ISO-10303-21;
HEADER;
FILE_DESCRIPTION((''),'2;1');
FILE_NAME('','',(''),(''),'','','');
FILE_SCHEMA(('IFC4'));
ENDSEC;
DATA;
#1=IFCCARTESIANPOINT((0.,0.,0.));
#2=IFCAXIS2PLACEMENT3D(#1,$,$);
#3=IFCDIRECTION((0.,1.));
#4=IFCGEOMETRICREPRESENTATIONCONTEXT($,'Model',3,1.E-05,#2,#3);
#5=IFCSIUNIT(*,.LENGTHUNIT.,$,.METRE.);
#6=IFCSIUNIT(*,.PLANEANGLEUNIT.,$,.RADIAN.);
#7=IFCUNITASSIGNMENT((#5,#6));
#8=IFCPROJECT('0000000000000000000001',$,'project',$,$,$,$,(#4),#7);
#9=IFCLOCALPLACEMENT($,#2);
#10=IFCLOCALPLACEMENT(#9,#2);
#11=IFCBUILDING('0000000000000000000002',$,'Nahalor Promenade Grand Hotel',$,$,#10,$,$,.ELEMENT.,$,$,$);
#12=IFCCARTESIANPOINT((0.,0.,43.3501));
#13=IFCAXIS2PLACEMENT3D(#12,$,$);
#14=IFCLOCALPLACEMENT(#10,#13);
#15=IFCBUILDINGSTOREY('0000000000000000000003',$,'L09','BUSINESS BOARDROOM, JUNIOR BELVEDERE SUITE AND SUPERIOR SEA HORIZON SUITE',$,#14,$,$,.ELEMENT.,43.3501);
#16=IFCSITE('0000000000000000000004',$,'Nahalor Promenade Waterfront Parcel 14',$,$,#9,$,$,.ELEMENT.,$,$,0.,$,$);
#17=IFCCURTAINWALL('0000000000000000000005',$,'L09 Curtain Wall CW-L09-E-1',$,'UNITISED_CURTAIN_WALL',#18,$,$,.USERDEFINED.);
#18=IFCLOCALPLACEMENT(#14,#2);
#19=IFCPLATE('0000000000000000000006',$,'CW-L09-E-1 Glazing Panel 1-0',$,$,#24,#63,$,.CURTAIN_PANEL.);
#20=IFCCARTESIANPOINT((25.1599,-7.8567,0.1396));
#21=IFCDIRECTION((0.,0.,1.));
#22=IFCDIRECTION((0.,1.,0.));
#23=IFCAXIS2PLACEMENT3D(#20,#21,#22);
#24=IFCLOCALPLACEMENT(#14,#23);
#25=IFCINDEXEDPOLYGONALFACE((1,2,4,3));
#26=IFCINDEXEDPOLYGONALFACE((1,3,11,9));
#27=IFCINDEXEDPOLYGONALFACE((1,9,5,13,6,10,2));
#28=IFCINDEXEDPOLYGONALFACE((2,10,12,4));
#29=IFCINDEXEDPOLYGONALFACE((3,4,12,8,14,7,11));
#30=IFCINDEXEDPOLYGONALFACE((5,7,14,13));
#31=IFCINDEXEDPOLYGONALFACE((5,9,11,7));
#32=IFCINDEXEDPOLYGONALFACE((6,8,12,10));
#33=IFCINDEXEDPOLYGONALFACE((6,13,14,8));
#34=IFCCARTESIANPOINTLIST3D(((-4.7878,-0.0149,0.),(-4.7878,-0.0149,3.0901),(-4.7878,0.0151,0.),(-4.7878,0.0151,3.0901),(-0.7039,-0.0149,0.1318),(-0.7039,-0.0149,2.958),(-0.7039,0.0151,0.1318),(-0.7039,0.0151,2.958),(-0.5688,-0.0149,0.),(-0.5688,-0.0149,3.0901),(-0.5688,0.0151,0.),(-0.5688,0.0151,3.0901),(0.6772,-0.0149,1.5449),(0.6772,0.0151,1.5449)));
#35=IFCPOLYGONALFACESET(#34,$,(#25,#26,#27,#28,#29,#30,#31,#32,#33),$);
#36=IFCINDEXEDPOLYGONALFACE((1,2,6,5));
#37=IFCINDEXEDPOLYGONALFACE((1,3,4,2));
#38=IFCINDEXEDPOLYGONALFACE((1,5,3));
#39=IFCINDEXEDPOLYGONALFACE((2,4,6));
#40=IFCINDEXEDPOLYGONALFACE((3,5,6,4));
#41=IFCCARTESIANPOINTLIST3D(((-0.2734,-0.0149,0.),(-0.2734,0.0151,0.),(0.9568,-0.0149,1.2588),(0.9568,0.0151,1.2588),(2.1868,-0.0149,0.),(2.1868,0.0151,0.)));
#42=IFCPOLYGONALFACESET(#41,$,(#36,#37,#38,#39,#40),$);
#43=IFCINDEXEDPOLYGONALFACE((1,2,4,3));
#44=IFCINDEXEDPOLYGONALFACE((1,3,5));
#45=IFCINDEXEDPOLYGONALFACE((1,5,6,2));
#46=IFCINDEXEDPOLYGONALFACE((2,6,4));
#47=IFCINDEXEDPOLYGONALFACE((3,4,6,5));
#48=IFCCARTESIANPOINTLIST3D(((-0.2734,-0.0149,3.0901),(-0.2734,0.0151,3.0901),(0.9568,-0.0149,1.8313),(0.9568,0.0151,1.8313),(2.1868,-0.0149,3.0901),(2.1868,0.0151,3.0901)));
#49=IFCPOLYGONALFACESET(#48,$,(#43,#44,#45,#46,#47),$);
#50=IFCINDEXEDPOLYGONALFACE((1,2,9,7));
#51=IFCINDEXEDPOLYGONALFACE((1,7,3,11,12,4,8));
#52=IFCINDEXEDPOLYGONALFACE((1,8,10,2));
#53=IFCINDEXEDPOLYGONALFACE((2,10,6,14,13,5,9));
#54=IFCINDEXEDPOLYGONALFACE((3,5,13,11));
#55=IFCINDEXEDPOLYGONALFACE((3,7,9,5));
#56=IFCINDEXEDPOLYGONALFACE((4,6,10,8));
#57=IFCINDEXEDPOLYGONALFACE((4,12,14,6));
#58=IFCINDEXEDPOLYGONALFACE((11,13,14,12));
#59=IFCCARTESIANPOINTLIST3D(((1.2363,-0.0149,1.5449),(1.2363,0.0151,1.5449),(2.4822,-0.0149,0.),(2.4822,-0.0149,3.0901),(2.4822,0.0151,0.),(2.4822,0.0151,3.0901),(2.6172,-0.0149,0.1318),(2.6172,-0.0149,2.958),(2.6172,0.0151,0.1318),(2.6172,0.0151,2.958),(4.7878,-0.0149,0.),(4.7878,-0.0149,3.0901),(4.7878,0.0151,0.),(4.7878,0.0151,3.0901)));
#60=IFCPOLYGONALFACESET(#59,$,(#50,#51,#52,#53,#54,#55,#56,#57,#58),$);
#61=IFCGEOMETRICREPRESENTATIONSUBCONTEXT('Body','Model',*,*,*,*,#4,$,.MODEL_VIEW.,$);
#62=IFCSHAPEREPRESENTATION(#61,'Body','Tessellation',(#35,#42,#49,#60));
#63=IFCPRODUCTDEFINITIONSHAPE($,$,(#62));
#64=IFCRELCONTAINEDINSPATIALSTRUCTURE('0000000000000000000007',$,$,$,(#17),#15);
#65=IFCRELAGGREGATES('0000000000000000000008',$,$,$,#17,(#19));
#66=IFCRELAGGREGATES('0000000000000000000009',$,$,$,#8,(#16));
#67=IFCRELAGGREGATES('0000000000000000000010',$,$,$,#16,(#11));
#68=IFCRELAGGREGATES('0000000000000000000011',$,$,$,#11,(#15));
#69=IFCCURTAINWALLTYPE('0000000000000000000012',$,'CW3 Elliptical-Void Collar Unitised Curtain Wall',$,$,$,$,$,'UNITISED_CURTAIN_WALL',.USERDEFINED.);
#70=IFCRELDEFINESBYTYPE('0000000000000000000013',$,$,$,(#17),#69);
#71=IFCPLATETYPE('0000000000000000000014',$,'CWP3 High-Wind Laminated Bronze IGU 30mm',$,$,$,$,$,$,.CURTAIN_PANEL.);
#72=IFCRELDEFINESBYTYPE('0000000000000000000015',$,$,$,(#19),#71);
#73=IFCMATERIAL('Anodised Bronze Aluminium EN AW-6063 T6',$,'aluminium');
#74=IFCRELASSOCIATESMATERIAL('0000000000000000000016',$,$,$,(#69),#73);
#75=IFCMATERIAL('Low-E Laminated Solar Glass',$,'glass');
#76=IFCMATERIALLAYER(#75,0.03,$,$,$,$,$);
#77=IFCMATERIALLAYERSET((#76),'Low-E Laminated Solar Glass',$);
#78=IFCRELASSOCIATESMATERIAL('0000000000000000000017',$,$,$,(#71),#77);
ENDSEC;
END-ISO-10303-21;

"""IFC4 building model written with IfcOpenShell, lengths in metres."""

from ifc_helpers import new_model, si_unit, direction, frame, origin, place, context, subcontext, project, spatial, polyline, outline, extrude, material, layer, layer_set, type_object, element, aggregate, save


model = new_model("IFC4")

# Units and contexts
model_context = context("Model", 3, precision=1e-05, world=origin(), true_north=direction((0.0, 1.0)))
body_context = subcontext(model_context, "Body", "Model", "MODEL_VIEW")
ifc_project = project(units=[si_unit("LENGTHUNIT", "METRE"), si_unit("PLANEANGLEUNIT", "RADIAN")], contexts=[model_context])

# Site, building, storey
site_placement = place(None, origin())
site = spatial("IfcSite", under=ifc_project, at=site_placement, Name="Nahalor Promenade Waterfront Parcel 14", CompositionType="ELEMENT", RefElevation=0.0)
building_placement = place(site_placement, origin())
building = spatial("IfcBuilding", under=site, at=building_placement, Name="Nahalor Promenade Grand Hotel", CompositionType="ELEMENT")
storey_placement = place(building_placement, frame((0.0, 0.0, 43.3501)))
storey = spatial("IfcBuildingStorey", under=building, at=storey_placement, Name="L09", Description="BUSINESS BOARDROOM, JUNIOR BELVEDERE SUITE AND SUPERIOR SEA HORIZON SUITE", CompositionType="ELEMENT", Elevation=43.3501)

# Curtain wall
ifc_material_1 = material(Name="Anodised Bronze Aluminium EN AW-6063 T6", Category="aluminium")
curtain_wall_type = type_object("IfcCurtainWallType", Name="CW3 Elliptical-Void Collar Unitised Curtain Wall", ElementType="UNITISED_CURTAIN_WALL", PredefinedType="USERDEFINED", material=ifc_material_1)
curtain_wall_1_placement = place(storey_placement, origin())
curtain_wall_1 = element("IfcCurtainWall", 1, at=curtain_wall_1_placement, inside=storey, type_object=curtain_wall_type, Name="L09 Curtain Wall CW-L09-E-1", ObjectType="UNITISED_CURTAIN_WALL", PredefinedType="USERDEFINED")

# Plate
ifc_material_2 = material(Name="Low-E Laminated Solar Glass", Category="glass")
ifc_layer_1 = layer(ifc_material_2, 0.03)
ifc_layer_set_1 = layer_set([ifc_layer_1], Name="Low-E Laminated Solar Glass")
plate_type_1 = type_object("IfcPlateType", Name="CWP3 High-Wind Laminated Bronze IGU 30mm", PredefinedType="CURTAIN_PANEL", material=ifc_layer_set_1)
plate_1_placement = place(storey_placement, frame((25.1599, -7.8567, 0.1396), z_axis=(0.0, 0.0, 1.0), x_axis=(0.0, 1.0, 0.0)))
plate_1 = element("IfcPlate", 2, at=plate_1_placement, type_object=plate_type_1, Name="CW-L09-E-1 Glazing Panel 1-0", PredefinedType="CURTAIN_PANEL", context=body_context, shape_type="SweptSolid", body=[
    extrude(outline(polyline([(-4.7878, 3.0901), (-4.7878, 0.0), (-0.5688, 0.0), (-0.7039, 0.1318), (0.6772, 1.5449), (-0.7039, 2.958), (-0.5688, 3.0901), (-4.7878, 3.0901)])), frame((0.0, 0.0151, 0.0), z_axis=(0.0, -1.0, 0.0), x_axis=(1.0, 0.0, 0.0)), (0.0, 0.0, 1.0), 0.03),
    extrude(outline(polyline([(0.9568, 1.2588), (-0.2734, 0.0), (2.1868, 0.0), (0.9568, 1.2588)])), frame((0.0, 0.0151, 0.0), z_axis=(0.0, -1.0, 0.0), x_axis=(1.0, 0.0, 0.0)), (0.0, 0.0, 1.0), 0.03),
    extrude(outline(polyline([(0.9568, 1.8313), (2.1868, 3.0901), (-0.2734, 3.0901), (0.9568, 1.8313)])), frame((0.0, 0.0151, 0.0), z_axis=(0.0, -1.0, 0.0), x_axis=(1.0, 0.0, 0.0)), (0.0, 0.0, 1.0), 0.03),
    extrude(outline(polyline([(4.7878, 0.0), (4.7878, 3.0901), (2.4822, 3.0901), (2.6172, 2.958), (1.2363, 1.5449), (2.6172, 0.1318), (2.4822, 0.0), (4.7878, 0.0)])), frame((0.0, 0.0151, 0.0), z_axis=(0.0, -1.0, 0.0), x_axis=(1.0, 0.0, 0.0)), (0.0, 0.0, 1.0), 0.03),
])
aggregate(curtain_wall_1, [plate_1])

save(model, "model.ifc")
